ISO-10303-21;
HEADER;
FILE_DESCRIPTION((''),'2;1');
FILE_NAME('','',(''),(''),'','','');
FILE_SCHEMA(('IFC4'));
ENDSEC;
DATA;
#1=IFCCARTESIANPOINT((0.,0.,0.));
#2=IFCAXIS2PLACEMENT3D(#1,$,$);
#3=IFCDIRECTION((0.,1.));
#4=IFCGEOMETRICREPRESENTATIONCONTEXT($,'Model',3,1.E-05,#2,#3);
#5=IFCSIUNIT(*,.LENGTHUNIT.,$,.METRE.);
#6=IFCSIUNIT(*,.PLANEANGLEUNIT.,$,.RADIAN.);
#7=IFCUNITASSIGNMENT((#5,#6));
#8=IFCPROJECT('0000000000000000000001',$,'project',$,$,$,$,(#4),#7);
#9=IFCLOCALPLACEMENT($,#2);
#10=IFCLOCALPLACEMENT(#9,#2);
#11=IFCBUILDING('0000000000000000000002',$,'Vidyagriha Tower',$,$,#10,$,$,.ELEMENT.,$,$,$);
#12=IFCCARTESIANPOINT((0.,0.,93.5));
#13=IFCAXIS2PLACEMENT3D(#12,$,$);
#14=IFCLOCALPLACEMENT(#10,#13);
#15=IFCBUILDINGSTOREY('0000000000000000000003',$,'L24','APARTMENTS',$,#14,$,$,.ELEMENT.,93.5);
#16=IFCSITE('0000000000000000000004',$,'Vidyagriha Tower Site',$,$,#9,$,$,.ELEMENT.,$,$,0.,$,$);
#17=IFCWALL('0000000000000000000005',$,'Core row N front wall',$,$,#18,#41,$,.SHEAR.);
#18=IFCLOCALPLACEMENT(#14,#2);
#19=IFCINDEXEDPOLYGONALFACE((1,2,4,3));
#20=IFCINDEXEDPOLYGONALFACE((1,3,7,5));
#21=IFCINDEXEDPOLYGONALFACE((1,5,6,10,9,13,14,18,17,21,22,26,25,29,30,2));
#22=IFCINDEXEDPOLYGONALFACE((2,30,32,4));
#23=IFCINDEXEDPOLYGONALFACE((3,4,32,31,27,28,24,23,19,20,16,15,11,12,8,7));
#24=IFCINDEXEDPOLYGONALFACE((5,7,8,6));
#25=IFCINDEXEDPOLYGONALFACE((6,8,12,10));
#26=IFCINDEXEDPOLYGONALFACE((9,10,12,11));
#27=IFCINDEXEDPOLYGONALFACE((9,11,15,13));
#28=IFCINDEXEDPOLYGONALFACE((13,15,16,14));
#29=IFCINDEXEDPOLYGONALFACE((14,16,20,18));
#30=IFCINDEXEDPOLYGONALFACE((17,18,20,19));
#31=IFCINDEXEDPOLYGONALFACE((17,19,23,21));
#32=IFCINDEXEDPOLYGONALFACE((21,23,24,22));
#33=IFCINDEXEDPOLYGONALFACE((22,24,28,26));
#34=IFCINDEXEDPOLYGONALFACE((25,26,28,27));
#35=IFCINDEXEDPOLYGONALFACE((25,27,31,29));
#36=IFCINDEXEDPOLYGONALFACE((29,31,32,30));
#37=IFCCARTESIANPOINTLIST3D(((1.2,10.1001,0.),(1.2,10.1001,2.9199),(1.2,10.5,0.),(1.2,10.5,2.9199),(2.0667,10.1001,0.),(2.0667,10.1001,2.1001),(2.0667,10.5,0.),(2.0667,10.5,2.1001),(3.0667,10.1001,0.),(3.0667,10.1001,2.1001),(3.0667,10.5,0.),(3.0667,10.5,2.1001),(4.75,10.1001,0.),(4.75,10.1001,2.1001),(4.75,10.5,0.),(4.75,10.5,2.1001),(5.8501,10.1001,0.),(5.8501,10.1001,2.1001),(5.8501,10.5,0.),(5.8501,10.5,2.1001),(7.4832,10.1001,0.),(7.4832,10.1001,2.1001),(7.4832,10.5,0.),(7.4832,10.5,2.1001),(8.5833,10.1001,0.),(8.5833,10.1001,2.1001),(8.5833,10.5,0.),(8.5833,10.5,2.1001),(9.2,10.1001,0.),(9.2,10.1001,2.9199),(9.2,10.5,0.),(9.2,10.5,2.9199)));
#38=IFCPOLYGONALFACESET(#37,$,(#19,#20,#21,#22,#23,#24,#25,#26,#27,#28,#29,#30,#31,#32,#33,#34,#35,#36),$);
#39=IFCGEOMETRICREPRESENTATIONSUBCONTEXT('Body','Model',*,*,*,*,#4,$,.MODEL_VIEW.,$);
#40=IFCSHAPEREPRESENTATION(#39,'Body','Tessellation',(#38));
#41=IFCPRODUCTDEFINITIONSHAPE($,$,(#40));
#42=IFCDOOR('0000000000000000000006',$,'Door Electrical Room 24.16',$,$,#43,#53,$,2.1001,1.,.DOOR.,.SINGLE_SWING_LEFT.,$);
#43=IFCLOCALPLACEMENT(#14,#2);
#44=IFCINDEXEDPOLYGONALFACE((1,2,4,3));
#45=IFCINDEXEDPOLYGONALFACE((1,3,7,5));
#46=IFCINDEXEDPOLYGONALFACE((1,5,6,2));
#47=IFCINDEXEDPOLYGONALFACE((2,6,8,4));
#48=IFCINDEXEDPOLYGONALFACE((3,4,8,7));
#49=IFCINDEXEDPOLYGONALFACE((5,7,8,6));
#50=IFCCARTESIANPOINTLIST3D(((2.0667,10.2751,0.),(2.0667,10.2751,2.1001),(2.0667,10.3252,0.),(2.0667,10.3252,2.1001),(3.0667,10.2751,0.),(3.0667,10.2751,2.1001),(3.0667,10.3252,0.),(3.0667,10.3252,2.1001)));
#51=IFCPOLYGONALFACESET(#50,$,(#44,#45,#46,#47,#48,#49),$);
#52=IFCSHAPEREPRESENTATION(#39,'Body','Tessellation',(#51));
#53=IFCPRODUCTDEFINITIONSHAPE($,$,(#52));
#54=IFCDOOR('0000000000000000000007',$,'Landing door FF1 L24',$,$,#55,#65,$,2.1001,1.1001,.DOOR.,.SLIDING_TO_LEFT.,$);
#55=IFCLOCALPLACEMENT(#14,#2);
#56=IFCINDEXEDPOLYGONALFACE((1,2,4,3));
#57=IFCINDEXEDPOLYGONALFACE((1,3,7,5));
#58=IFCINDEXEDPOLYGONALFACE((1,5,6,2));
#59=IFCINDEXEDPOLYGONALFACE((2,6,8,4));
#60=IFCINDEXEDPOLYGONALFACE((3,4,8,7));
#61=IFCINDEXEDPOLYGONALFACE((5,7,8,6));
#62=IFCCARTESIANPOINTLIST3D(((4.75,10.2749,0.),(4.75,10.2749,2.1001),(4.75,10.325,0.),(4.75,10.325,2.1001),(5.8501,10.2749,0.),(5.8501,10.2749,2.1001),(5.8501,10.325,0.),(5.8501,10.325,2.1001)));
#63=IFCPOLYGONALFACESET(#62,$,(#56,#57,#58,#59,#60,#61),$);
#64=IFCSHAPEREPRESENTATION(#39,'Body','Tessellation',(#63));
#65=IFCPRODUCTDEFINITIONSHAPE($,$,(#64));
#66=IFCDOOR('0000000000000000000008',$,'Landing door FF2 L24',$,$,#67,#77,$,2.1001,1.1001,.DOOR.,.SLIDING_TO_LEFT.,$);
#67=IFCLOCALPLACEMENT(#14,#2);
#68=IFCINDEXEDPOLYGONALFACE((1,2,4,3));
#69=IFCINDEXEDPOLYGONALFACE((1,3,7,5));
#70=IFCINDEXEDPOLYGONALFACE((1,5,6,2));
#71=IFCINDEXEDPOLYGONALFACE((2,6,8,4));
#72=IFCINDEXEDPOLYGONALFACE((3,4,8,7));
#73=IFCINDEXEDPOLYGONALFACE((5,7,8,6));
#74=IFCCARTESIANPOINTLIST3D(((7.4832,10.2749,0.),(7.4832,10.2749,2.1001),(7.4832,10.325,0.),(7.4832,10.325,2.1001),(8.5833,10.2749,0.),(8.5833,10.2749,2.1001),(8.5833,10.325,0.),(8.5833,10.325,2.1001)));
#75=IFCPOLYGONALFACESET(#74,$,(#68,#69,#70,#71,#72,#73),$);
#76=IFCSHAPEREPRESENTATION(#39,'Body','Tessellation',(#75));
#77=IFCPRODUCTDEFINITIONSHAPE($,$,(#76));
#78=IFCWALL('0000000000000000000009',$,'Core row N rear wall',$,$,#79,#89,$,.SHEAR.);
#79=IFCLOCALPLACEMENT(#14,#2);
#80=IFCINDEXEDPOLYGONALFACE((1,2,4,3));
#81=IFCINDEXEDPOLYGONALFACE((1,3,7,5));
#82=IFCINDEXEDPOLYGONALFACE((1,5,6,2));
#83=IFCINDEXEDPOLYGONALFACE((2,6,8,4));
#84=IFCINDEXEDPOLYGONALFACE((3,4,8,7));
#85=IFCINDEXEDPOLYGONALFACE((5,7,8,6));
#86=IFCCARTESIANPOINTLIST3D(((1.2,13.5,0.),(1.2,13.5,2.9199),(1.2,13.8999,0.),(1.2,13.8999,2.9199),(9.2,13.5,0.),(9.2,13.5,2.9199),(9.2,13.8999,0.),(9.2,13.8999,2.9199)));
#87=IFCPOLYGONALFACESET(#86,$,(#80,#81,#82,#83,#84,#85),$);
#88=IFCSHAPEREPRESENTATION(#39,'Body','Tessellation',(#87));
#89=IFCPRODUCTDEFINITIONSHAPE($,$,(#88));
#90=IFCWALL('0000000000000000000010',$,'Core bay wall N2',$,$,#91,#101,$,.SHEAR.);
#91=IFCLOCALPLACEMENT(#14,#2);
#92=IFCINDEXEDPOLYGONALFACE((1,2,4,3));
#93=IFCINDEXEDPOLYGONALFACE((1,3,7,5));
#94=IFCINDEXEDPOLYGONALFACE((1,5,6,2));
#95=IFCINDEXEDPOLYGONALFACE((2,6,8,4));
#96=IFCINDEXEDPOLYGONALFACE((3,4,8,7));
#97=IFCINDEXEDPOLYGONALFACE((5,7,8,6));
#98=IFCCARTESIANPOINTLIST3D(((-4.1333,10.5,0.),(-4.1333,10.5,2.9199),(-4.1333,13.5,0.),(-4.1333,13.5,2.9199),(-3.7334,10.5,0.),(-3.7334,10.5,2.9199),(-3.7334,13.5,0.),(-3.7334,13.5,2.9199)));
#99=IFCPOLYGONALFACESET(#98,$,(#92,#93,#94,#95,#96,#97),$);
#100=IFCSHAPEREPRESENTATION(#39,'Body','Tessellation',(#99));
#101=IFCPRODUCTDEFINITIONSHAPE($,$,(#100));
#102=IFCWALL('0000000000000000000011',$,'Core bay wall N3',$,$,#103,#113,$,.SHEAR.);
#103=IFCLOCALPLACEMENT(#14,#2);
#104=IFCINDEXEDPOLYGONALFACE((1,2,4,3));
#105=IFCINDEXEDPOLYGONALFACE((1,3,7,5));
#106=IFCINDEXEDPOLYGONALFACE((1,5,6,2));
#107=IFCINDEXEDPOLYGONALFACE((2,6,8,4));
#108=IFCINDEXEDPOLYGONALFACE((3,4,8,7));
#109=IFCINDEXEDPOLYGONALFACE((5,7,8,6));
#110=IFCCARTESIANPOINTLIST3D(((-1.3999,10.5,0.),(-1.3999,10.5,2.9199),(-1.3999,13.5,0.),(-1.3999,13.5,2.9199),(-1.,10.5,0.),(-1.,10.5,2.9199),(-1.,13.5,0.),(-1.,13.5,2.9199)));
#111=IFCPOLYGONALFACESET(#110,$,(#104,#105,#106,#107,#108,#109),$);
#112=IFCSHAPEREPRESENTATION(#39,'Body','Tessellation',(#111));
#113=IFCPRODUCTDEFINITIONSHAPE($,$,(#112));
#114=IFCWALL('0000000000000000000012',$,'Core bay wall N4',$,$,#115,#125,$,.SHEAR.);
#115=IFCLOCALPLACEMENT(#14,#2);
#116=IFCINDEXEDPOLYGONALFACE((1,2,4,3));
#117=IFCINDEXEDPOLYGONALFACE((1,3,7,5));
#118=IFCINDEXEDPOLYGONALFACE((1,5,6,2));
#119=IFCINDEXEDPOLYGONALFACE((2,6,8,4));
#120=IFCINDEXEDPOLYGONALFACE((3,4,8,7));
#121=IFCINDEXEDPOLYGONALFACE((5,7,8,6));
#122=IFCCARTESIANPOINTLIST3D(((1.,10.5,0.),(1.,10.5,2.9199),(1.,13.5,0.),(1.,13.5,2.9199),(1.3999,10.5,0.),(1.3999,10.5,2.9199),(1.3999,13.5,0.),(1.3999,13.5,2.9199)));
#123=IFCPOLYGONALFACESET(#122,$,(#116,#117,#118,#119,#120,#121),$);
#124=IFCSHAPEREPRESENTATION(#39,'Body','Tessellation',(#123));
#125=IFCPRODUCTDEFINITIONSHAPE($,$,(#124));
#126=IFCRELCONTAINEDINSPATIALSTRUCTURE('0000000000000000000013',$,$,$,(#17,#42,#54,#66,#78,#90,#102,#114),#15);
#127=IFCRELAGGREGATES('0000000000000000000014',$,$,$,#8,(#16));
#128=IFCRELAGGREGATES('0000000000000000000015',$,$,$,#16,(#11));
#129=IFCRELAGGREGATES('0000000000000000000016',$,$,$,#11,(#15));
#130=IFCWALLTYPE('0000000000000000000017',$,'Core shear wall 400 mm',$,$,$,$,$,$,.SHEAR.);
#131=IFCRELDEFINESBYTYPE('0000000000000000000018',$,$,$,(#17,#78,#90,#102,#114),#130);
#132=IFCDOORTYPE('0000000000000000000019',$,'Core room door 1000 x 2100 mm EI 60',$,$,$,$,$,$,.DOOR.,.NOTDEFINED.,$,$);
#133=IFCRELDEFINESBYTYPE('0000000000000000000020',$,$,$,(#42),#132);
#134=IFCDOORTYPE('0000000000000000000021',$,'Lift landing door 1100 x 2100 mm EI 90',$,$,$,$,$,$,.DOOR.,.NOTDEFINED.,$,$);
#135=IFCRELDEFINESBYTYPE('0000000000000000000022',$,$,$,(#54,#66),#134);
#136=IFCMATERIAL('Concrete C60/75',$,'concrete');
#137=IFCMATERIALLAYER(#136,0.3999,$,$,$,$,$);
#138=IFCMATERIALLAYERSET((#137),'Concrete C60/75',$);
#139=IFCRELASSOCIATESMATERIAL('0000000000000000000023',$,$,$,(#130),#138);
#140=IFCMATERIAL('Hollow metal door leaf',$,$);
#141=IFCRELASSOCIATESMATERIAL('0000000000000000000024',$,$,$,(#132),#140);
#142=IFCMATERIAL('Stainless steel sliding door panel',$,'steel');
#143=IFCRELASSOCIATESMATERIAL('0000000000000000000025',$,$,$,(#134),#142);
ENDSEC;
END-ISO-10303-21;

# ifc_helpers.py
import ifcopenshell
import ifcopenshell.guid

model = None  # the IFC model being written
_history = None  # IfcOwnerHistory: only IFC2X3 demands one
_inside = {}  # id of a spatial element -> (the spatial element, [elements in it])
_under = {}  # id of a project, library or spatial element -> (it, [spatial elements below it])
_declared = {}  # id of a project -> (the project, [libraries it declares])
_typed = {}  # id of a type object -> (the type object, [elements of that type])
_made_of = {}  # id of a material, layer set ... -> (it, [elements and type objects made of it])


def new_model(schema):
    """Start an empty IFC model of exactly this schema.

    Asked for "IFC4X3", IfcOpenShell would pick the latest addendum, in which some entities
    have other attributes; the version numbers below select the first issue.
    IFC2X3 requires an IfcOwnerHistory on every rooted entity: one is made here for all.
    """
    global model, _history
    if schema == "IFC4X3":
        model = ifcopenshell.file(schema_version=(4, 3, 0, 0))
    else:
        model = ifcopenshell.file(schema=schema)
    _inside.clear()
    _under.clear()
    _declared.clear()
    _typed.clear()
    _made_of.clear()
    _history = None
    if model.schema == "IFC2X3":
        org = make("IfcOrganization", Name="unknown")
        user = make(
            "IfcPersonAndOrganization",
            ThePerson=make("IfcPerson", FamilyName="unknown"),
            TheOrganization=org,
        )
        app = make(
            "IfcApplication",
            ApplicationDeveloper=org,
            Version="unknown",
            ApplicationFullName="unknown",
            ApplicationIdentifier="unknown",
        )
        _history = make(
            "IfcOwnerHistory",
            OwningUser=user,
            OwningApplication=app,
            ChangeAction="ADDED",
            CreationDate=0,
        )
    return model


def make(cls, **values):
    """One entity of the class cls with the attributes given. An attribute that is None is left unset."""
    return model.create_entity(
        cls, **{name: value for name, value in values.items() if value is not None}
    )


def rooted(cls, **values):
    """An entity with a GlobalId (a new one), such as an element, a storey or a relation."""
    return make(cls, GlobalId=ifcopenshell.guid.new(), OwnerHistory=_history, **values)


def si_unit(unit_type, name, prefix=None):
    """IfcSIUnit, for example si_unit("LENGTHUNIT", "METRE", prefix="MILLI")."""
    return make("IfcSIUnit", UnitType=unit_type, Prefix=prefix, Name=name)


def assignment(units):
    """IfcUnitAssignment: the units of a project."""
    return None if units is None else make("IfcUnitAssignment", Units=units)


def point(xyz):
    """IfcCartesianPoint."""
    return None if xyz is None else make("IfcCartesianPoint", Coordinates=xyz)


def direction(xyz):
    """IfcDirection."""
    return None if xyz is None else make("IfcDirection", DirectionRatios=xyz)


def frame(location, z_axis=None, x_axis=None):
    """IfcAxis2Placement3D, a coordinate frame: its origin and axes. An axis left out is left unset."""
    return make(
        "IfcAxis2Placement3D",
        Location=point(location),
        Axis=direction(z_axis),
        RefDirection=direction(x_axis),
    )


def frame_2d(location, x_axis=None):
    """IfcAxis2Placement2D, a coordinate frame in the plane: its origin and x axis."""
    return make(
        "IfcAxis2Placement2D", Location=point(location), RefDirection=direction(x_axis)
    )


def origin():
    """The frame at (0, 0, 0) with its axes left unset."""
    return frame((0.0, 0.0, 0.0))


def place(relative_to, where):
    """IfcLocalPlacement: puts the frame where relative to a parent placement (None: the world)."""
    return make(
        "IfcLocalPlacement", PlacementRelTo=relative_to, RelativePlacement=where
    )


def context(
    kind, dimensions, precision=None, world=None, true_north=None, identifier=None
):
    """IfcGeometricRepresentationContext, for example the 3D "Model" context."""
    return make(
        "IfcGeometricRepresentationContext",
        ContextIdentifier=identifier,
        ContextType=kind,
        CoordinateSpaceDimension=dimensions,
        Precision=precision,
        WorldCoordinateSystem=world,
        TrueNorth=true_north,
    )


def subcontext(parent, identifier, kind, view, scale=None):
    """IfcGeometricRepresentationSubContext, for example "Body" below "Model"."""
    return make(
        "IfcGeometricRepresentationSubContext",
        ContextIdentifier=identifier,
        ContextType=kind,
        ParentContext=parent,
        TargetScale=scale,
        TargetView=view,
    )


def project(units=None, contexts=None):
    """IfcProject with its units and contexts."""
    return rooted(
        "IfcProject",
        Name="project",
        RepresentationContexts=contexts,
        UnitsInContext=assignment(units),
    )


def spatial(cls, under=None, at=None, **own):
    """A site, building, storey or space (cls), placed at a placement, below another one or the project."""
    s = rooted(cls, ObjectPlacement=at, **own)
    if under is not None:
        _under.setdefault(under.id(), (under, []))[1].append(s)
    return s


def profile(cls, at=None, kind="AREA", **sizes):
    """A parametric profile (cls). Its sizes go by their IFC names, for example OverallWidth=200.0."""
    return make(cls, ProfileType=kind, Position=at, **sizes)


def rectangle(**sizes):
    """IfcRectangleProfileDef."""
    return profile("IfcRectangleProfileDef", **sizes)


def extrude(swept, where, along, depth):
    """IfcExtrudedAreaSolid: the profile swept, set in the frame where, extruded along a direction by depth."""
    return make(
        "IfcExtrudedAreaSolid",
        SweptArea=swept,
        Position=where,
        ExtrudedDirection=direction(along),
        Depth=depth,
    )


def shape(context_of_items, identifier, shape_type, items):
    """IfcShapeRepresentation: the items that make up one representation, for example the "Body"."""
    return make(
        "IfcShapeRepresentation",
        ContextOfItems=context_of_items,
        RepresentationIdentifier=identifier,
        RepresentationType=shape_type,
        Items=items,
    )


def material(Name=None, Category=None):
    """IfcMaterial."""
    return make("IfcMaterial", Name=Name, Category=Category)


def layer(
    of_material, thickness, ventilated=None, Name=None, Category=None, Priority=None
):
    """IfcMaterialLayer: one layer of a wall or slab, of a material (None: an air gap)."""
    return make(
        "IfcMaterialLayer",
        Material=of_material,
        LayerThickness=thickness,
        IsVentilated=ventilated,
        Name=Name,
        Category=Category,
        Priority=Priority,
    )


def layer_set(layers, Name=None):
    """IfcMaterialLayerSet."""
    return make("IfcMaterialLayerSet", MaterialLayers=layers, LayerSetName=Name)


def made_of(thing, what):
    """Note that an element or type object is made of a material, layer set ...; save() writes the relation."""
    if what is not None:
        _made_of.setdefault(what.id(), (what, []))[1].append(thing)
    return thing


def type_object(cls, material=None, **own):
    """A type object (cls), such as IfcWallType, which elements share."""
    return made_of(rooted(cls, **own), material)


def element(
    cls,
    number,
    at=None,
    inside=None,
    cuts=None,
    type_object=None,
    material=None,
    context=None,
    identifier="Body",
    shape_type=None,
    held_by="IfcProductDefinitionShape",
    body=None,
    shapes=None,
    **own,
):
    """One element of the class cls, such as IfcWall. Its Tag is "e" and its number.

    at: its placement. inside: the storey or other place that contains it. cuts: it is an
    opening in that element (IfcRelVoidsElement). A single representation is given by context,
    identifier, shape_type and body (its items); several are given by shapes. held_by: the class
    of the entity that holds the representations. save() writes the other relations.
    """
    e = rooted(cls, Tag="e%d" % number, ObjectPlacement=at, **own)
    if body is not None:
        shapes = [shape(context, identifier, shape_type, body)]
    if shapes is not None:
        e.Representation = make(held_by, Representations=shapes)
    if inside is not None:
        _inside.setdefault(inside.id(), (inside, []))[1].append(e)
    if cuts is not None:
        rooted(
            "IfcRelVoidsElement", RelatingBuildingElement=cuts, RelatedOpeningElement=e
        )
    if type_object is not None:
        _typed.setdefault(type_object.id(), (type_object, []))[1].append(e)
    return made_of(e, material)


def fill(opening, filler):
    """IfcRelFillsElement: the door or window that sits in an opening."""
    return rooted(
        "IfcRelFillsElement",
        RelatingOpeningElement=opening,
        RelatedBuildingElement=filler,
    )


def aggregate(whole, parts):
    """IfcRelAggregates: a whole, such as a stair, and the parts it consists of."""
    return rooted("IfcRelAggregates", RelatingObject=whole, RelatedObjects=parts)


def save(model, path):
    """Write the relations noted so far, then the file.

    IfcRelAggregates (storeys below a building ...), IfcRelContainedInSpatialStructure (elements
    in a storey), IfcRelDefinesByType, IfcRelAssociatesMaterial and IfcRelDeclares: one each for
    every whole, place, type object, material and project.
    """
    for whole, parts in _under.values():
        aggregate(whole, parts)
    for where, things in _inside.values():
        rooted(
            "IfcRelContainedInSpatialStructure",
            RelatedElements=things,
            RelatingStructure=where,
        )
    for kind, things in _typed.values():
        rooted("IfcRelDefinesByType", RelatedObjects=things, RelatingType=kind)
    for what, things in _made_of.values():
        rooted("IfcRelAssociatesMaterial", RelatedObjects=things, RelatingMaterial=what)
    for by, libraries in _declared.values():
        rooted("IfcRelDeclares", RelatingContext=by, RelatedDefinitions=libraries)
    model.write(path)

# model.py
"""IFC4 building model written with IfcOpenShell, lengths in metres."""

from ifc_helpers import new_model, si_unit, direction, frame, frame_2d, origin, place, context, subcontext, project, spatial, rectangle, extrude, material, layer, layer_set, type_object, element, fill, save


model = new_model("IFC4")

# Units and contexts
model_context = context("Model", 3, precision=1e-05, world=origin(), true_north=direction((0.0, 1.0)))
body_context = subcontext(model_context, "Body", "Model", "MODEL_VIEW")
ifc_project = project(units=[si_unit("LENGTHUNIT", "METRE"), si_unit("PLANEANGLEUNIT", "RADIAN")], contexts=[model_context])

# Site, building, storey
site_placement = place(None, origin())
site = spatial("IfcSite", under=ifc_project, at=site_placement, Name="Vidyagriha Tower Site", CompositionType="ELEMENT", RefElevation=0.0)
building_placement = place(site_placement, origin())
building = spatial("IfcBuilding", under=site, at=building_placement, Name="Vidyagriha Tower", CompositionType="ELEMENT")
storey_placement = place(building_placement, frame((0.0, 0.0, 93.5)))
storey = spatial("IfcBuildingStorey", under=building, at=storey_placement, Name="L24", Description="APARTMENTS", CompositionType="ELEMENT", Elevation=93.5)

# Shared definitions
ifc_material_1 = material(Name="Concrete C60/75", Category="concrete")
ifc_layer_1 = layer(ifc_material_1, 0.3999)
ifc_layer_set_1 = layer_set([ifc_layer_1], Name="Concrete C60/75")
wall_type_1 = type_object("IfcWallType", Name="Core shear wall 400 mm", PredefinedType="SHEAR", material=ifc_layer_set_1)
ifc_material_2 = material(Name="Hollow metal door leaf")
door_type_1 = type_object("IfcDoorType", Name="Core room door 1000 x 2100 mm EI 60", OperationType="NOTDEFINED", PredefinedType="DOOR", material=ifc_material_2)

# Wall, openings, doors
wall_1_placement = place(storey_placement, frame((1.2, 10.3, 0.0)))
wall_1 = element("IfcWall", 1, at=wall_1_placement, inside=storey, type_object=wall_type_1, Name="Core row N front wall", PredefinedType="SHEAR", context=body_context, shape_type="SweptSolid", body=[
    extrude(rectangle(XDim=8.0, YDim=0.3999, at=frame_2d((4.0, 0.0))), origin(), (0.0, 0.0, 1.0), 2.9199),
])
opening_1_placement = place(wall_1_placement, frame((3.55, 0.0, 0.0)))
opening_1 = element("IfcOpeningElement", 2, at=opening_1_placement, cuts=wall_1, PredefinedType="OPENING", context=body_context, shape_type="SweptSolid", body=[
    extrude(rectangle(XDim=1.1001, YDim=2.1001, at=frame_2d((0.55, 1.05))), frame((0.0, 0.21, 0.0), z_axis=(0.0, -1.0, 0.0), x_axis=(1.0, 0.0, 0.0)), (0.0, 0.0, 1.0), 0.4199),
])
opening_2_placement = place(wall_1_placement, frame((6.2832, 0.0, 0.0)))
opening_2 = element("IfcOpeningElement", 3, at=opening_2_placement, cuts=wall_1, PredefinedType="OPENING", context=body_context, shape_type="SweptSolid", body=[
    extrude(rectangle(XDim=1.1001, YDim=2.1001, at=frame_2d((0.55, 1.05))), frame((0.0, 0.21, 0.0), z_axis=(0.0, -1.0, 0.0), x_axis=(1.0, 0.0, 0.0)), (0.0, 0.0, 1.0), 0.4199),
])
opening_3_placement = place(wall_1_placement, frame((0.8667, 0.0, 0.0)))
opening_3 = element("IfcOpeningElement", 4, at=opening_3_placement, cuts=wall_1, PredefinedType="OPENING", context=body_context, shape_type="SweptSolid", body=[
    extrude(rectangle(XDim=1.0, YDim=2.1001, at=frame_2d((0.5, 1.05))), frame((0.0, 0.21, 0.0), z_axis=(0.0, -1.0, 0.0), x_axis=(1.0, 0.0, 0.0)), (0.0, 0.0, 1.0), 0.4199),
])
door_1_placement = place(opening_3_placement, frame((1.0, 0.0, 0.0), z_axis=(0.0, 0.0, 1.0), x_axis=(-1.0, 0.0, 0.0)))
door_1 = element("IfcDoor", 5, at=door_1_placement, inside=storey, type_object=door_type_1, Name="Door Electrical Room 24.16", OperationType="SINGLE_SWING_LEFT", OverallHeight=2.1001, OverallWidth=1.0, PredefinedType="DOOR", context=body_context, shape_type="SweptSolid", body=[
    extrude(rectangle(XDim=1.0, YDim=2.1001, at=frame_2d((0.5, 1.05))), frame((0.0, 0.0249, 0.0), z_axis=(0.0, -1.0, 0.0), x_axis=(1.0, 0.0, 0.0)), (0.0, 0.0, 1.0), 0.05),
])
fill(opening_3, door_1)
ifc_material_3 = material(Name="Stainless steel sliding door panel", Category="steel")
door_type_2 = type_object("IfcDoorType", Name="Lift landing door 1100 x 2100 mm EI 90", OperationType="NOTDEFINED", PredefinedType="DOOR", material=ifc_material_3)
door_2_placement = place(opening_1_placement, origin())
door_2 = element("IfcDoor", 6, at=door_2_placement, inside=storey, type_object=door_type_2, Name="Landing door FF1 L24", OperationType="SLIDING_TO_LEFT", OverallHeight=2.1001, OverallWidth=1.1001, PredefinedType="DOOR", context=body_context, shape_type="SweptSolid", body=[
    extrude(rectangle(XDim=1.1001, YDim=2.1001, at=frame_2d((0.55, 1.05))), frame((0.0, 0.0249, 0.0), z_axis=(0.0, -1.0, 0.0), x_axis=(1.0, 0.0, 0.0)), (0.0, 0.0, 1.0), 0.05),
])
fill(opening_1, door_2)
door_3_placement = place(opening_2_placement, origin())
door_3 = element("IfcDoor", 7, at=door_3_placement, inside=storey, type_object=door_type_2, Name="Landing door FF2 L24", OperationType="SLIDING_TO_LEFT", OverallHeight=2.1001, OverallWidth=1.1001, PredefinedType="DOOR", context=body_context, shape_type="SweptSolid", body=[
    extrude(rectangle(XDim=1.1001, YDim=2.1001, at=frame_2d((0.55, 1.05))), frame((0.0, 0.0249, 0.0), z_axis=(0.0, -1.0, 0.0), x_axis=(1.0, 0.0, 0.0)), (0.0, 0.0, 1.0), 0.05),
])
fill(opening_2, door_3)

# Walls
wall_2_placement = place(storey_placement, frame((1.2, 13.7, 0.0)))
element("IfcWall", 8, at=wall_2_placement, inside=storey, type_object=wall_type_1, Name="Core row N rear wall", PredefinedType="SHEAR", context=body_context, shape_type="SweptSolid", body=[
    extrude(rectangle(XDim=8.0, YDim=0.3999, at=frame_2d((4.0, 0.0))), origin(), (0.0, 0.0, 1.0), 2.9199),
])
for number, where, z_axis, x_axis, name in (
    (9, (-3.9333, 10.5, 0.0), (0.0, 0.0, 1.0), (0.0, 1.0, 0.0), "Core bay wall N2"),
    (10, (-1.2, 10.5, 0.0), (0.0, 0.0, 1.0), (0.0, 1.0, 0.0), "Core bay wall N3"),
    (11, (1.2, 10.5, 0.0), (0.0, 0.0, 1.0), (0.0, 1.0, 0.0), "Core bay wall N4"),
):
    element("IfcWall", number, at=place(storey_placement, frame(where, z_axis=z_axis, x_axis=x_axis)), inside=storey, type_object=wall_type_1, Name=name, PredefinedType="SHEAR", context=body_context, shape_type="SweptSolid", body=[
        extrude(rectangle(XDim=3.0, YDim=0.3999, at=frame_2d((1.5, 0.0))), origin(), (0.0, 0.0, 1.0), 2.9199),
    ])

save(model, "model.ifc")
